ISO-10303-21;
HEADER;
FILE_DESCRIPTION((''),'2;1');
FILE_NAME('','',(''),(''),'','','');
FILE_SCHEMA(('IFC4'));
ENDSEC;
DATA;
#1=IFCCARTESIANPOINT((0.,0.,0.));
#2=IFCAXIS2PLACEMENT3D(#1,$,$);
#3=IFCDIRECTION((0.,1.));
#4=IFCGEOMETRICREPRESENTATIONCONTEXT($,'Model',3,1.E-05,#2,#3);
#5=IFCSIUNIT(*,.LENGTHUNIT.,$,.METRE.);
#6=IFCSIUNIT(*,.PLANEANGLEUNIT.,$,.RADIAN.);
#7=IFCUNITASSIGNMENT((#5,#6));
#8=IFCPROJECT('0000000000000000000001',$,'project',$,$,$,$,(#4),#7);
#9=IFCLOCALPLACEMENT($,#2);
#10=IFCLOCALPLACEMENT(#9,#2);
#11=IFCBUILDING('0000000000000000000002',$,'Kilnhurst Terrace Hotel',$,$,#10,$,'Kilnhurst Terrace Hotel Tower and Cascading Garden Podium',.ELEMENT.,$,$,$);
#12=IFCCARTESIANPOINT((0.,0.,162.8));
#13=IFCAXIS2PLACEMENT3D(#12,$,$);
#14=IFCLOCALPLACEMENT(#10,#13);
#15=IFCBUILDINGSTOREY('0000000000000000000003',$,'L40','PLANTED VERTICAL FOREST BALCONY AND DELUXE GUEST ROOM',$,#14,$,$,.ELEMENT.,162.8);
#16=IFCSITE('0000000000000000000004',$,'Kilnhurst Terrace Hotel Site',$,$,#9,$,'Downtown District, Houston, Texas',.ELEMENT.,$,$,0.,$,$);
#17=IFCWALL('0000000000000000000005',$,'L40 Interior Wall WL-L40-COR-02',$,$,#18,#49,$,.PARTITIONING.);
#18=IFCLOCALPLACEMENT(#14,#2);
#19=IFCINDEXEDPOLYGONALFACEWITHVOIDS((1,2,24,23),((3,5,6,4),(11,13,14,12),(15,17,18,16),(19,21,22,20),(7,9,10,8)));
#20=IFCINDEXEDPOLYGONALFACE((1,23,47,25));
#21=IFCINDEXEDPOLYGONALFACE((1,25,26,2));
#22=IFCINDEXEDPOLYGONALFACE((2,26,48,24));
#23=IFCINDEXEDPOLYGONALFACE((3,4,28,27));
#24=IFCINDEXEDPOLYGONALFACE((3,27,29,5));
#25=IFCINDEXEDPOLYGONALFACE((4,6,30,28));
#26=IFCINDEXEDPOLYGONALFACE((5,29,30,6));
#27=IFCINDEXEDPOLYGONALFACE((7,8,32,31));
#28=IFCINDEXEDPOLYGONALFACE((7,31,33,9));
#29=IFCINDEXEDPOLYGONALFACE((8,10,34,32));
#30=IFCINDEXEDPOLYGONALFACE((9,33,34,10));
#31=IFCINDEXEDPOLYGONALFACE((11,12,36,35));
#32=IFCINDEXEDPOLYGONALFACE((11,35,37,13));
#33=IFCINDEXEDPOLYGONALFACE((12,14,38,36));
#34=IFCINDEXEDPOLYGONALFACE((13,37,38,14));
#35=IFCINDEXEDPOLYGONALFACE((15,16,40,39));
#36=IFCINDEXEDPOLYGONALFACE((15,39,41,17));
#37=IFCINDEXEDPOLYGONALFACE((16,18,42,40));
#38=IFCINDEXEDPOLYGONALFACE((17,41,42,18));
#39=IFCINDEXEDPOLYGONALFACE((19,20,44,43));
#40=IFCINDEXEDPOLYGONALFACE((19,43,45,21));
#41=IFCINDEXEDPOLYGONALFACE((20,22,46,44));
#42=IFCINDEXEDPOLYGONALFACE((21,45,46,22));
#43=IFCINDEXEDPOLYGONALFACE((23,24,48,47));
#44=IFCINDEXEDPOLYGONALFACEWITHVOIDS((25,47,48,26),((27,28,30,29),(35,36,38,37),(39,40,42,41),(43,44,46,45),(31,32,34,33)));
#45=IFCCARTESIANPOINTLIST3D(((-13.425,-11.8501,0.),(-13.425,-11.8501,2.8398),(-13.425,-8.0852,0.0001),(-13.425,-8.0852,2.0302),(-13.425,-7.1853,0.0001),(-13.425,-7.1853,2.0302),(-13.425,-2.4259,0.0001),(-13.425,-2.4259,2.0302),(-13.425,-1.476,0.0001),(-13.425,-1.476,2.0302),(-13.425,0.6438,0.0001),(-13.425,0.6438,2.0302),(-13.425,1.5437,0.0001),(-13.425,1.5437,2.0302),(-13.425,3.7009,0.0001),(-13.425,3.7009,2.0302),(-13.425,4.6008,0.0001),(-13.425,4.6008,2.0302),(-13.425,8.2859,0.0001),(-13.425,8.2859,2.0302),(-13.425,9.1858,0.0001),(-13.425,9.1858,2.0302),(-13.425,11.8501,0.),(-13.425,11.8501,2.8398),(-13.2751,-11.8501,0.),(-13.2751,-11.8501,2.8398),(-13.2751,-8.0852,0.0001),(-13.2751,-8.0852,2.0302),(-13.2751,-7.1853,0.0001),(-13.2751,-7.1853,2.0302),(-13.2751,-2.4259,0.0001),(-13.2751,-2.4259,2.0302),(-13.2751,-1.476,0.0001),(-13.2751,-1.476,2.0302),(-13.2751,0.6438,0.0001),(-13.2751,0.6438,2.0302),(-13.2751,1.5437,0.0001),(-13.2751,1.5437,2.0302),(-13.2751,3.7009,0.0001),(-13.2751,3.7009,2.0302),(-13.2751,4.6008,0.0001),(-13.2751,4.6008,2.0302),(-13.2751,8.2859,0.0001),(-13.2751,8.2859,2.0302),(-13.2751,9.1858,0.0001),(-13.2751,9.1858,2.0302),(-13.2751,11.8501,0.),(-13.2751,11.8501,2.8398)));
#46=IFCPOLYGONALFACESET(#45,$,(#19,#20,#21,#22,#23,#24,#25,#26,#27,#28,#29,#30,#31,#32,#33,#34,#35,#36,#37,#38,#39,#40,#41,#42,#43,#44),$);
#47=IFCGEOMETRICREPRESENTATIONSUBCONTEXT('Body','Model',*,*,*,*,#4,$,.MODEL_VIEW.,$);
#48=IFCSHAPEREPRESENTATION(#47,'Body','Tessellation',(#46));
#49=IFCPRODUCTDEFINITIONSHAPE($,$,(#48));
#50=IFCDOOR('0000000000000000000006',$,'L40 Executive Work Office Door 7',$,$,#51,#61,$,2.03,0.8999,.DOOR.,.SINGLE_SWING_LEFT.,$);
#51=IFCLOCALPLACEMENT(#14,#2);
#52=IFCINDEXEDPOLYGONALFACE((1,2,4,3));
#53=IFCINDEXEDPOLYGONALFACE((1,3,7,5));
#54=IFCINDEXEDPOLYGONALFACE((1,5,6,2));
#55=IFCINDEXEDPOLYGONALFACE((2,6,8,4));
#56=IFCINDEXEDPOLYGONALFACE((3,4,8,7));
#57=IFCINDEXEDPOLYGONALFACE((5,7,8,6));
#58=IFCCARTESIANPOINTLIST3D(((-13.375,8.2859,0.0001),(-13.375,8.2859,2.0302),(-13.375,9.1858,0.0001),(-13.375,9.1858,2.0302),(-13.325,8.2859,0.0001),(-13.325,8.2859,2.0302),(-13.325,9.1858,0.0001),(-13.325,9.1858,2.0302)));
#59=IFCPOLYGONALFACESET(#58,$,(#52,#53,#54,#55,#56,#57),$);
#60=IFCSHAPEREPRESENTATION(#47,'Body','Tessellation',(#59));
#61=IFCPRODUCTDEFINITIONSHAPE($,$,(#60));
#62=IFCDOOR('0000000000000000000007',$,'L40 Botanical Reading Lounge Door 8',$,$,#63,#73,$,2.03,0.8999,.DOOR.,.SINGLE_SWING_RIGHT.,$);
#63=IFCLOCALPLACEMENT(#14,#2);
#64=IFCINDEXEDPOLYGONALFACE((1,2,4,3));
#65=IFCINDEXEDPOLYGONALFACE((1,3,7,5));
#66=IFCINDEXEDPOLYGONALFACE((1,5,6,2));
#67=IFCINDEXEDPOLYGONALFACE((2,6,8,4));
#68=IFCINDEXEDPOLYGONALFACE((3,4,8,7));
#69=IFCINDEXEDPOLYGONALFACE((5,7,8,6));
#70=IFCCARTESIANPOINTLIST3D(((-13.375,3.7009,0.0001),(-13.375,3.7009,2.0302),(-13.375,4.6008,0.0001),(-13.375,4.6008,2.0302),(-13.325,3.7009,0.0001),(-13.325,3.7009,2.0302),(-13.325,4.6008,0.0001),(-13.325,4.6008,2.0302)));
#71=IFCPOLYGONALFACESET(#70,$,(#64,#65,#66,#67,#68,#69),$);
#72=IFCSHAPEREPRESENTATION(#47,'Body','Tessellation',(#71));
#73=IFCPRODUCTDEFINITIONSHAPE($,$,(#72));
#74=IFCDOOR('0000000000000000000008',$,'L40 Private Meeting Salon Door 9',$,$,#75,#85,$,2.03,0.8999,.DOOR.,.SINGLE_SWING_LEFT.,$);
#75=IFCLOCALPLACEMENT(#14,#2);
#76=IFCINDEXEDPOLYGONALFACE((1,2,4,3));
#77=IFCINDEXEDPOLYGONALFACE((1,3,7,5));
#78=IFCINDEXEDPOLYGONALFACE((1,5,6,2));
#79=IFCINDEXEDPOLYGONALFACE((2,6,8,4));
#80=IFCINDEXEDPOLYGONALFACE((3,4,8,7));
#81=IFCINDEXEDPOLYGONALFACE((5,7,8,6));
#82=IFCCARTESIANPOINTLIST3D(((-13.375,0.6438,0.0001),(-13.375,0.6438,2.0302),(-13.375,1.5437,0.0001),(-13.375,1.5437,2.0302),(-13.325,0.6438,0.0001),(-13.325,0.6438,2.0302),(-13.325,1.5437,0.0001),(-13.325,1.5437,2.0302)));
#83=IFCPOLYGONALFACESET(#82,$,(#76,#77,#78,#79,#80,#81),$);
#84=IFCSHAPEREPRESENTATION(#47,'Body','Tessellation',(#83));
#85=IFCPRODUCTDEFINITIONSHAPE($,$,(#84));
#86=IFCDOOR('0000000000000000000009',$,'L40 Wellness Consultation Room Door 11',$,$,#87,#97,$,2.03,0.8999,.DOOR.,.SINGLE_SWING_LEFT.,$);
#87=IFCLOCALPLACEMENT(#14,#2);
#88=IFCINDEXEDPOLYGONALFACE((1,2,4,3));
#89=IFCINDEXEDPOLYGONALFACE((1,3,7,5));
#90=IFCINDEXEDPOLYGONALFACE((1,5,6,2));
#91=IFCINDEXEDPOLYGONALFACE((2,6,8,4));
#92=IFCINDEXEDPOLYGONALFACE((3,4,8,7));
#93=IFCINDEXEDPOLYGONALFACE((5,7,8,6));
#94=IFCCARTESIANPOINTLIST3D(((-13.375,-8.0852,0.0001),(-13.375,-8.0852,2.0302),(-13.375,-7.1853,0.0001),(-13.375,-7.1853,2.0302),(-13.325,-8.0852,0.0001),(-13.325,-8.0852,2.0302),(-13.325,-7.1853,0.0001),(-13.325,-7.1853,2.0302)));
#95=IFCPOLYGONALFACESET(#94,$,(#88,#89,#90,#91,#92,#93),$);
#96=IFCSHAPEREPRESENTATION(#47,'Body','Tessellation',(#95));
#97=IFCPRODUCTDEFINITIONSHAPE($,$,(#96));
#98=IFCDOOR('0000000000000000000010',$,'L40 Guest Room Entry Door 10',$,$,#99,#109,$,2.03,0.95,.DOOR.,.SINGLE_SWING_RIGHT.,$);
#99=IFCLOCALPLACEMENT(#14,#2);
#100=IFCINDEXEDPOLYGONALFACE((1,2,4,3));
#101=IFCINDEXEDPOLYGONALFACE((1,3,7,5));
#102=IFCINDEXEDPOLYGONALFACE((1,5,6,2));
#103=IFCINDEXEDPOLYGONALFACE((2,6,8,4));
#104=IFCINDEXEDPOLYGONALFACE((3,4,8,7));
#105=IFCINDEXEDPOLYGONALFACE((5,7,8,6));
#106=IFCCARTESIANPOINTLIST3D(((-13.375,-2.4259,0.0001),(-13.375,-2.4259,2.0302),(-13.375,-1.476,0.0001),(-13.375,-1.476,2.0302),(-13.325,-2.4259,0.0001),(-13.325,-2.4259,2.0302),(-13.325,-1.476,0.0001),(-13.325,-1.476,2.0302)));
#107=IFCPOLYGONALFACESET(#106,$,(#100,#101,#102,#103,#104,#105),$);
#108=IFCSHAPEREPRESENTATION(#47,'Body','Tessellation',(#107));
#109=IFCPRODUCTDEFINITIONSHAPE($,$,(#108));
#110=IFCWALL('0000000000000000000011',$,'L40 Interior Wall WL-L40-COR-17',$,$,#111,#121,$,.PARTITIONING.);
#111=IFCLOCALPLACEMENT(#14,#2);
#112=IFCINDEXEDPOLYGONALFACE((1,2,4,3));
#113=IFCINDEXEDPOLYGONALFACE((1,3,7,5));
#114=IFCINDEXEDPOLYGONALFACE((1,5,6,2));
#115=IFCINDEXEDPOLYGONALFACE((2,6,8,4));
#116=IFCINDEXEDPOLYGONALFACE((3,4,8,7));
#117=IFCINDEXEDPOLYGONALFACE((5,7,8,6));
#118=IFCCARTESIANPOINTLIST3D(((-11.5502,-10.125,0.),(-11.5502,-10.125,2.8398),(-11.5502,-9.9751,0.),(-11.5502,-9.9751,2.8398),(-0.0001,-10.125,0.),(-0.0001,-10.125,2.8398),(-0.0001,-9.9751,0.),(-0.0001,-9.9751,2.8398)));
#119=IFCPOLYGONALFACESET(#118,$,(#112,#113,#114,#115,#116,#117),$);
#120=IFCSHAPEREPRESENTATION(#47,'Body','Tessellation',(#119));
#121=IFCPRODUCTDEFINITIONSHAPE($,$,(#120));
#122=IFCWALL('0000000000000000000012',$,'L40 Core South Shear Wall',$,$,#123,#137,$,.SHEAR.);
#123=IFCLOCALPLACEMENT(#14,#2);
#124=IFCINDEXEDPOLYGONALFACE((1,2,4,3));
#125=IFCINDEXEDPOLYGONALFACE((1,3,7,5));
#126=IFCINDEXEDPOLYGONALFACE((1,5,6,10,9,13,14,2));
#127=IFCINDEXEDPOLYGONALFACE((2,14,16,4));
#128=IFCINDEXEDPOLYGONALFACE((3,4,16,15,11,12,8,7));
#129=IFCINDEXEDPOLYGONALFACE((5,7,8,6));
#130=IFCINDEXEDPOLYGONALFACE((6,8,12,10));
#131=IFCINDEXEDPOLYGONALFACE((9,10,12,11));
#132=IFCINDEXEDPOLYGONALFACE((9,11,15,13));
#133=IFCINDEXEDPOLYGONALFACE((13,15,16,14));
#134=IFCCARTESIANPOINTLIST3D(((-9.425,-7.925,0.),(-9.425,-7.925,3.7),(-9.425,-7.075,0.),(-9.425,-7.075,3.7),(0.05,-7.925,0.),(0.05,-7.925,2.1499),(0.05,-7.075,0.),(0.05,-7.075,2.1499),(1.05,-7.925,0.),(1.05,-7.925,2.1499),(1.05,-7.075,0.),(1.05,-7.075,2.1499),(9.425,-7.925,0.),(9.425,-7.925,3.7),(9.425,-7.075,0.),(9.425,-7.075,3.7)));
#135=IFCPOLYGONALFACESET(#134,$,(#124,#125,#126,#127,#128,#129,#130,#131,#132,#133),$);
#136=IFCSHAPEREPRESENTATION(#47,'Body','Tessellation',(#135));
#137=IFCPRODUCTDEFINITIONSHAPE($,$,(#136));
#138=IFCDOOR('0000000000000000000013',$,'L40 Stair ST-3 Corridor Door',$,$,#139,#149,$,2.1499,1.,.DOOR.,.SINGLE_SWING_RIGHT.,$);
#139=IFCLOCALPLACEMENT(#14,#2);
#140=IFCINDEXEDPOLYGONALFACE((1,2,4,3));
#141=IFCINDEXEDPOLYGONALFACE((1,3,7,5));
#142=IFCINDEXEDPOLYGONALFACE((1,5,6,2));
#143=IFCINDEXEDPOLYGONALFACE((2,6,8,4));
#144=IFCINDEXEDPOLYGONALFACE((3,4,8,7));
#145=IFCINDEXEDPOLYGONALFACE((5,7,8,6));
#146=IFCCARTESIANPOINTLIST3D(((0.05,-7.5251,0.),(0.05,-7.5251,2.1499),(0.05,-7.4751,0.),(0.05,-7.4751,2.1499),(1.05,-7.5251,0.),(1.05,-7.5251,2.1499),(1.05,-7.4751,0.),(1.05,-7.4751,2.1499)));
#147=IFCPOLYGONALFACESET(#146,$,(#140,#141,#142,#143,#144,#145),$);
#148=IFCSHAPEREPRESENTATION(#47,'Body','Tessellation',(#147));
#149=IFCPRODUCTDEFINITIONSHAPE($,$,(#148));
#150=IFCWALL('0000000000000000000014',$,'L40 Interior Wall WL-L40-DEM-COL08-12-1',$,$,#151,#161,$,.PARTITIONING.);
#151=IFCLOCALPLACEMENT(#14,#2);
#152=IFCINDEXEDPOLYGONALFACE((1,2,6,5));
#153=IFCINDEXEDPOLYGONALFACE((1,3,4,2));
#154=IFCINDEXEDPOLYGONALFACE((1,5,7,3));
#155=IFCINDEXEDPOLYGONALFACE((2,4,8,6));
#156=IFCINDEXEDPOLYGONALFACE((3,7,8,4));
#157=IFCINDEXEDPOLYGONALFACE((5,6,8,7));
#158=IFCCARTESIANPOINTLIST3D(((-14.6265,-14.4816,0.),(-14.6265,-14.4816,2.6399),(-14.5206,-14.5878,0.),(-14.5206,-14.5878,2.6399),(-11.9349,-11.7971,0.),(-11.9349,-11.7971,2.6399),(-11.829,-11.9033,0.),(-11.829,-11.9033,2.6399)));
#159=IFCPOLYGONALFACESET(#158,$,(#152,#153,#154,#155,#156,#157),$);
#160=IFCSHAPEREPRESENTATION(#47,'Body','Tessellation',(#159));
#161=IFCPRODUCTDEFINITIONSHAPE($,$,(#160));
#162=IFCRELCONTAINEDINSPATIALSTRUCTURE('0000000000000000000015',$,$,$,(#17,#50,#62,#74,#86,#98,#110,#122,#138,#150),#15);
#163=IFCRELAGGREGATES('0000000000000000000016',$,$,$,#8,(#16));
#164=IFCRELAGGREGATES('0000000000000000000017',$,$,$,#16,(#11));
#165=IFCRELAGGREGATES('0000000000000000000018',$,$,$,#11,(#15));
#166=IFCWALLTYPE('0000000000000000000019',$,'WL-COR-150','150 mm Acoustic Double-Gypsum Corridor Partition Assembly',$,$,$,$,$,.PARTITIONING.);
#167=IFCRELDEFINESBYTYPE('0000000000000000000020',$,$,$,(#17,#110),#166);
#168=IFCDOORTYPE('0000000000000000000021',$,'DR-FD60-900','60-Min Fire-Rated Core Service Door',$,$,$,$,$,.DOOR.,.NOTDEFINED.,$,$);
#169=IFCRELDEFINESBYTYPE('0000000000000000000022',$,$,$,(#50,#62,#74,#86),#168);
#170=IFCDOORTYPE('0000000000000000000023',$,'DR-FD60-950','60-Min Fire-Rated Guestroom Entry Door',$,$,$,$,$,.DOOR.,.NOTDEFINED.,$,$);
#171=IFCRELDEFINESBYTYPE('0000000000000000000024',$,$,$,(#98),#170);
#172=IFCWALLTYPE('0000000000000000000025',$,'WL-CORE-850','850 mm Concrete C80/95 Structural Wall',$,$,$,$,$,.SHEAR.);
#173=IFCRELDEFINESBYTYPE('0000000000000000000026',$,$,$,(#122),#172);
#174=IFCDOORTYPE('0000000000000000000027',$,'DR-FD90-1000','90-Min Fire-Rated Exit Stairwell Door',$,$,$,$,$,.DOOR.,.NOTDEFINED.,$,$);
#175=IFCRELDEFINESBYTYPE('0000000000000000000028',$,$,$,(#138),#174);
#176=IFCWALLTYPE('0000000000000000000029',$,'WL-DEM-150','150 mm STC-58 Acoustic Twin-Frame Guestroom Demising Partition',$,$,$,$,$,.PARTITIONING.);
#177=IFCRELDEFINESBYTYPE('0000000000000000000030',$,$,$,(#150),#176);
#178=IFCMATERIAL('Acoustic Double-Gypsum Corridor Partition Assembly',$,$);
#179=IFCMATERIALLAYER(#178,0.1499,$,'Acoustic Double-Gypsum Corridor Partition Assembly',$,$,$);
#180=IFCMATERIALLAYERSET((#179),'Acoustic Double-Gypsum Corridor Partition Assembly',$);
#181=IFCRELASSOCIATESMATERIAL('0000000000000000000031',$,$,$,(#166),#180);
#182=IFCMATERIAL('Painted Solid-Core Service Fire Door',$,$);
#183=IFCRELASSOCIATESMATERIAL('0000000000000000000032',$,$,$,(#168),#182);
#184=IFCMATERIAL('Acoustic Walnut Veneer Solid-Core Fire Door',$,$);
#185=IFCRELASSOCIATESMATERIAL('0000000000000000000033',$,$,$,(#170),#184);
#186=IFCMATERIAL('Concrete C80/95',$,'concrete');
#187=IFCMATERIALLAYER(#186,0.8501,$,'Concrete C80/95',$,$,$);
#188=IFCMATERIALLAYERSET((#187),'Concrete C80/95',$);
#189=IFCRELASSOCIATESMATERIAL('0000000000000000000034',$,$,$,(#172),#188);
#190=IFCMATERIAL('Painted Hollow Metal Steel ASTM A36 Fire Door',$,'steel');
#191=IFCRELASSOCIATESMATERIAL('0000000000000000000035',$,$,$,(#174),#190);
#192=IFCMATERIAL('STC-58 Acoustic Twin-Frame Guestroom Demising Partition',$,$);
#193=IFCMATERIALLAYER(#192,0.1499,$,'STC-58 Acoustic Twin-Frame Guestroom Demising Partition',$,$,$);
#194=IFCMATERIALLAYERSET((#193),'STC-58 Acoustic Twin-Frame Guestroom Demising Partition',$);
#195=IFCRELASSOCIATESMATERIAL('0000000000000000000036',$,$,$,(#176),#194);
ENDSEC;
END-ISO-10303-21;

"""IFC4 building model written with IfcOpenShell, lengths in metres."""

from ifc_helpers import new_model, si_unit, direction, frame, frame_2d, origin, place, context, subcontext, project, spatial, rectangle, extrude, material, layer, layer_set, type_object, element, fill, save


model = new_model("IFC4")

# Units and contexts
model_context = context("Model", 3, precision=1e-05, world=origin(), true_north=direction((0.0, 1.0)))
body_context = subcontext(model_context, "Body", "Model", "MODEL_VIEW")
ifc_project = project(units=[si_unit("LENGTHUNIT", "METRE"), si_unit("PLANEANGLEUNIT", "RADIAN")], contexts=[model_context])

# Site, building, storey
site_placement = place(None, origin())
site = spatial("IfcSite", under=ifc_project, at=site_placement, Name="Kilnhurst Terrace Hotel Site", LongName="Downtown District, Houston, Texas", CompositionType="ELEMENT", RefElevation=0.0)
building_placement = place(site_placement, origin())
building = spatial("IfcBuilding", under=site, at=building_placement, Name="Kilnhurst Terrace Hotel", LongName="Kilnhurst Terrace Hotel Tower and Cascading Garden Podium", CompositionType="ELEMENT")
storey_placement = place(building_placement, frame((0.0, 0.0, 162.8)))
storey = spatial("IfcBuildingStorey", under=building, at=storey_placement, Name="L40", Description="PLANTED VERTICAL FOREST BALCONY AND DELUXE GUEST ROOM", CompositionType="ELEMENT", Elevation=162.8)

# Shared definitions
ifc_material_1 = material(Name="Concrete C80/95", Category="concrete")

# Wall, openings, doors
ifc_material_2 = material(Name="Acoustic Double-Gypsum Corridor Partition Assembly")
ifc_layer_1 = layer(ifc_material_2, 0.1499, Name="Acoustic Double-Gypsum Corridor Partition Assembly")
ifc_layer_set_1 = layer_set([ifc_layer_1], Name="Acoustic Double-Gypsum Corridor Partition Assembly")
wall_type_1 = type_object("IfcWallType", Name="WL-COR-150", Description="150 mm Acoustic Double-Gypsum Corridor Partition Assembly", PredefinedType="PARTITIONING", material=ifc_layer_set_1)
wall_1_placement = place(storey_placement, frame((-13.3501, -11.8501, 0.0), z_axis=(0.0, 0.0, 1.0), x_axis=(0.0, 1.0, 0.0)))
wall_1 = element("IfcWall", 1, at=wall_1_placement, inside=storey, type_object=wall_type_1, Name="L40 Interior Wall WL-L40-COR-02", PredefinedType="PARTITIONING", context=body_context, shape_type="SweptSolid", body=[
    extrude(rectangle(XDim=23.7002, YDim=0.1499, at=frame_2d((11.8501, 0.0))), origin(), (0.0, 0.0, 1.0), 2.8398),
])
opening_1_placement = place(wall_1_placement, frame((20.136, 0.0, 0.0)))
opening_1 = element("IfcOpeningElement", 2, at=opening_1_placement, cuts=wall_1, PredefinedType="OPENING", context=body_context, shape_type="SweptSolid", body=[
    extrude(rectangle(XDim=0.8999, YDim=2.03, at=frame_2d((0.45, 1.0151))), frame((0.0, 0.085, 0.0), z_axis=(0.0, -1.0, 0.0), x_axis=(1.0, 0.0, 0.0)), (0.0, 0.0, 1.0), 0.1699),
])
opening_2_placement = place(wall_1_placement, frame((15.551, 0.0, 0.0)))
opening_2 = element("IfcOpeningElement", 3, at=opening_2_placement, cuts=wall_1, PredefinedType="OPENING", context=body_context, shape_type="SweptSolid", body=[
    extrude(rectangle(XDim=0.8999, YDim=2.03, at=frame_2d((0.45, 1.0151))), frame((0.0, 0.085, 0.0), z_axis=(0.0, -1.0, 0.0), x_axis=(1.0, 0.0, 0.0)), (0.0, 0.0, 1.0), 0.1699),
])
opening_3_placement = place(wall_1_placement, frame((12.4939, 0.0, 0.0)))
opening_3 = element("IfcOpeningElement", 4, at=opening_3_placement, cuts=wall_1, PredefinedType="OPENING", context=body_context, shape_type="SweptSolid", body=[
    extrude(rectangle(XDim=0.8999, YDim=2.03, at=frame_2d((0.45, 1.0151))), frame((0.0, 0.085, 0.0), z_axis=(0.0, -1.0, 0.0), x_axis=(1.0, 0.0, 0.0)), (0.0, 0.0, 1.0), 0.1699),
])
opening_4_placement = place(wall_1_placement, frame((9.4241, 0.0, 0.0)))
opening_4 = element("IfcOpeningElement", 5, at=opening_4_placement, cuts=wall_1, PredefinedType="OPENING", context=body_context, shape_type="SweptSolid", body=[
    extrude(rectangle(XDim=0.95, YDim=2.03, at=frame_2d((0.4751, 1.0151))), frame((0.0, 0.085, 0.0), z_axis=(0.0, -1.0, 0.0), x_axis=(1.0, 0.0, 0.0)), (0.0, 0.0, 1.0), 0.1699),
])
opening_5_placement = place(wall_1_placement, frame((3.7649, 0.0, 0.0)))
opening_5 = element("IfcOpeningElement", 6, at=opening_5_placement, cuts=wall_1, PredefinedType="OPENING", context=body_context, shape_type="SweptSolid", body=[
    extrude(rectangle(XDim=0.8999, YDim=2.03, at=frame_2d((0.45, 1.0151))), frame((0.0, 0.085, 0.0), z_axis=(0.0, -1.0, 0.0), x_axis=(1.0, 0.0, 0.0)), (0.0, 0.0, 1.0), 0.1699),
])
ifc_material_3 = material(Name="Painted Solid-Core Service Fire Door")
door_type_1 = type_object("IfcDoorType", Name="DR-FD60-900", Description="60-Min Fire-Rated Core Service Door", OperationType="NOTDEFINED", PredefinedType="DOOR", material=ifc_material_3)
door_1_placement = place(opening_1_placement, origin())
door_1 = element("IfcDoor", 7, at=door_1_placement, inside=storey, type_object=door_type_1, Name="L40 Executive Work Office Door 7", OperationType="SINGLE_SWING_LEFT", OverallHeight=2.03, OverallWidth=0.8999, PredefinedType="DOOR", context=body_context, shape_type="SweptSolid", body=[
    extrude(rectangle(XDim=0.8999, YDim=2.03, at=frame_2d((0.45, 1.0151))), frame((0.0, 0.0249, 0.0), z_axis=(0.0, -1.0, 0.0), x_axis=(1.0, 0.0, 0.0)), (0.0, 0.0, 1.0), 0.05),
])
fill(opening_1, door_1)
door_2_placement = place(opening_2_placement, origin())
door_2 = element("IfcDoor", 8, at=door_2_placement, inside=storey, type_object=door_type_1, Name="L40 Botanical Reading Lounge Door 8", OperationType="SINGLE_SWING_RIGHT", OverallHeight=2.03, OverallWidth=0.8999, PredefinedType="DOOR", context=body_context, shape_type="SweptSolid", body=[
    extrude(rectangle(XDim=0.8999, YDim=2.03, at=frame_2d((0.45, 1.0151))), frame((0.0, 0.0249, 0.0), z_axis=(0.0, -1.0, 0.0), x_axis=(1.0, 0.0, 0.0)), (0.0, 0.0, 1.0), 0.05),
])
fill(opening_2, door_2)
door_3_placement = place(opening_3_placement, origin())
door_3 = element("IfcDoor", 9, at=door_3_placement, inside=storey, type_object=door_type_1, Name="L40 Private Meeting Salon Door 9", OperationType="SINGLE_SWING_LEFT", OverallHeight=2.03, OverallWidth=0.8999, PredefinedType="DOOR", context=body_context, shape_type="SweptSolid", body=[
    extrude(rectangle(XDim=0.8999, YDim=2.03, at=frame_2d((0.45, 1.0151))), frame((0.0, 0.0249, 0.0), z_axis=(0.0, -1.0, 0.0), x_axis=(1.0, 0.0, 0.0)), (0.0, 0.0, 1.0), 0.05),
])
fill(opening_3, door_3)
door_4_placement = place(opening_5_placement, origin())
door_4 = element("IfcDoor", 10, at=door_4_placement, inside=storey, type_object=door_type_1, Name="L40 Wellness Consultation Room Door 11", OperationType="SINGLE_SWING_LEFT", OverallHeight=2.03, OverallWidth=0.8999, PredefinedType="DOOR", context=body_context, shape_type="SweptSolid", body=[
    extrude(rectangle(XDim=0.8999, YDim=2.03, at=frame_2d((0.45, 1.0151))), frame((0.0, 0.0249, 0.0), z_axis=(0.0, -1.0, 0.0), x_axis=(1.0, 0.0, 0.0)), (0.0, 0.0, 1.0), 0.05),
])
fill(opening_5, door_4)
ifc_material_4 = material(Name="Acoustic Walnut Veneer Solid-Core Fire Door")
door_type_2 = type_object("IfcDoorType", Name="DR-FD60-950", Description="60-Min Fire-Rated Guestroom Entry Door", OperationType="NOTDEFINED", PredefinedType="DOOR", material=ifc_material_4)
door_5_placement = place(opening_4_placement, origin())
door_5 = element("IfcDoor", 11, at=door_5_placement, inside=storey, type_object=door_type_2, Name="L40 Guest Room Entry Door 10", OperationType="SINGLE_SWING_RIGHT", OverallHeight=2.03, OverallWidth=0.95, PredefinedType="DOOR", context=body_context, shape_type="SweptSolid", body=[
    extrude(rectangle(XDim=0.95, YDim=2.03, at=frame_2d((0.4751, 1.0151))), frame((0.0, 0.0249, 0.0), z_axis=(0.0, -1.0, 0.0), x_axis=(1.0, 0.0, 0.0)), (0.0, 0.0, 1.0), 0.05),
])
fill(opening_4, door_5)

# Wall
wall_2_placement = place(storey_placement, frame((-11.55, -10.05, 0.0), z_axis=(0.0, 0.0, 1.0), x_axis=(1.0, 0.0, 0.0)))
element("IfcWall", 12, at=wall_2_placement, inside=storey, type_object=wall_type_1, Name="L40 Interior Wall WL-L40-COR-17", PredefinedType="PARTITIONING", context=body_context, shape_type="SweptSolid", body=[
    extrude(rectangle(XDim=11.55, YDim=0.1499, at=frame_2d((5.7749, 0.0))), origin(), (0.0, 0.0, 1.0), 2.8398),
])

# Wall, opening, door
ifc_layer_2 = layer(ifc_material_1, 0.8501, Name="Concrete C80/95")
ifc_layer_set_2 = layer_set([ifc_layer_2], Name="Concrete C80/95")
wall_type_2 = type_object("IfcWallType", Name="WL-CORE-850", Description="850 mm Concrete C80/95 Structural Wall", PredefinedType="SHEAR", material=ifc_layer_set_2)
wall_3_placement = place(storey_placement, frame((-9.425, -7.5, 0.0), z_axis=(0.0, 0.0, 1.0), x_axis=(1.0, 0.0, 0.0)))
wall_3 = element("IfcWall", 13, at=wall_3_placement, inside=storey, type_object=wall_type_2, Name="L40 Core South Shear Wall", PredefinedType="SHEAR", context=body_context, shape_type="SweptSolid", body=[
    extrude(rectangle(XDim=18.8501, YDim=0.8501, at=frame_2d((9.425, 0.0))), origin(), (0.0, 0.0, 1.0), 3.7),
])
opening_6_placement = place(wall_3_placement, frame((9.4751, 0.0, 0.0)))
opening_6 = element("IfcOpeningElement", 14, at=opening_6_placement, cuts=wall_3, PredefinedType="OPENING", context=body_context, shape_type="SweptSolid", body=[
    extrude(rectangle(XDim=1.0, YDim=2.1499, at=frame_2d((0.5, 1.075))), frame((0.0, 0.4351, 0.0), z_axis=(0.0, -1.0, 0.0), x_axis=(1.0, 0.0, 0.0)), (0.0, 0.0, 1.0), 0.8701),
])
ifc_material_5 = material(Name="Painted Hollow Metal Steel ASTM A36 Fire Door", Category="steel")
door_type_3 = type_object("IfcDoorType", Name="DR-FD90-1000", Description="90-Min Fire-Rated Exit Stairwell Door", OperationType="NOTDEFINED", PredefinedType="DOOR", material=ifc_material_5)
door_6_placement = place(opening_6_placement, origin())
door_6 = element("IfcDoor", 15, at=door_6_placement, inside=storey, type_object=door_type_3, Name="L40 Stair ST-3 Corridor Door", OperationType="SINGLE_SWING_RIGHT", OverallHeight=2.1499, OverallWidth=1.0, PredefinedType="DOOR", context=body_context, shape_type="SweptSolid", body=[
    extrude(rectangle(XDim=1.0, YDim=2.1499, at=frame_2d((0.5, 1.075))), frame((0.0, 0.0249, 0.0), z_axis=(0.0, -1.0, 0.0), x_axis=(1.0, 0.0, 0.0)), (0.0, 0.0, 1.0), 0.05),
])
fill(opening_6, door_6)

# Wall
ifc_material_6 = material(Name="STC-58 Acoustic Twin-Frame Guestroom Demising Partition")
ifc_layer_3 = layer(ifc_material_6, 0.1499, Name="STC-58 Acoustic Twin-Frame Guestroom Demising Partition")
ifc_layer_set_3 = layer_set([ifc_layer_3], Name="STC-58 Acoustic Twin-Frame Guestroom Demising Partition")
wall_type_3 = type_object("IfcWallType", Name="WL-DEM-150", Description="150 mm STC-58 Acoustic Twin-Frame Guestroom Demising Partition", PredefinedType="PARTITIONING", material=ifc_layer_set_3)
wall_4_placement = place(storey_placement, frame((-11.8818, -11.8501, 0.0), z_axis=(0.0, 0.0, 1.0), x_axis=(-0.708037, -0.706175, 0.0)))
element("IfcWall", 16, at=wall_4_placement, inside=storey, type_object=wall_type_3, Name="L40 Interior Wall WL-L40-DEM-COL08-12-1", PredefinedType="PARTITIONING", context=body_context, shape_type="SweptSolid", body=[
    extrude(rectangle(XDim=3.8015, YDim=0.1499, at=frame_2d((1.9009, 0.0))), origin(), (0.0, 0.0, 1.0), 2.6399),
])

save(model, "model.ifc")
